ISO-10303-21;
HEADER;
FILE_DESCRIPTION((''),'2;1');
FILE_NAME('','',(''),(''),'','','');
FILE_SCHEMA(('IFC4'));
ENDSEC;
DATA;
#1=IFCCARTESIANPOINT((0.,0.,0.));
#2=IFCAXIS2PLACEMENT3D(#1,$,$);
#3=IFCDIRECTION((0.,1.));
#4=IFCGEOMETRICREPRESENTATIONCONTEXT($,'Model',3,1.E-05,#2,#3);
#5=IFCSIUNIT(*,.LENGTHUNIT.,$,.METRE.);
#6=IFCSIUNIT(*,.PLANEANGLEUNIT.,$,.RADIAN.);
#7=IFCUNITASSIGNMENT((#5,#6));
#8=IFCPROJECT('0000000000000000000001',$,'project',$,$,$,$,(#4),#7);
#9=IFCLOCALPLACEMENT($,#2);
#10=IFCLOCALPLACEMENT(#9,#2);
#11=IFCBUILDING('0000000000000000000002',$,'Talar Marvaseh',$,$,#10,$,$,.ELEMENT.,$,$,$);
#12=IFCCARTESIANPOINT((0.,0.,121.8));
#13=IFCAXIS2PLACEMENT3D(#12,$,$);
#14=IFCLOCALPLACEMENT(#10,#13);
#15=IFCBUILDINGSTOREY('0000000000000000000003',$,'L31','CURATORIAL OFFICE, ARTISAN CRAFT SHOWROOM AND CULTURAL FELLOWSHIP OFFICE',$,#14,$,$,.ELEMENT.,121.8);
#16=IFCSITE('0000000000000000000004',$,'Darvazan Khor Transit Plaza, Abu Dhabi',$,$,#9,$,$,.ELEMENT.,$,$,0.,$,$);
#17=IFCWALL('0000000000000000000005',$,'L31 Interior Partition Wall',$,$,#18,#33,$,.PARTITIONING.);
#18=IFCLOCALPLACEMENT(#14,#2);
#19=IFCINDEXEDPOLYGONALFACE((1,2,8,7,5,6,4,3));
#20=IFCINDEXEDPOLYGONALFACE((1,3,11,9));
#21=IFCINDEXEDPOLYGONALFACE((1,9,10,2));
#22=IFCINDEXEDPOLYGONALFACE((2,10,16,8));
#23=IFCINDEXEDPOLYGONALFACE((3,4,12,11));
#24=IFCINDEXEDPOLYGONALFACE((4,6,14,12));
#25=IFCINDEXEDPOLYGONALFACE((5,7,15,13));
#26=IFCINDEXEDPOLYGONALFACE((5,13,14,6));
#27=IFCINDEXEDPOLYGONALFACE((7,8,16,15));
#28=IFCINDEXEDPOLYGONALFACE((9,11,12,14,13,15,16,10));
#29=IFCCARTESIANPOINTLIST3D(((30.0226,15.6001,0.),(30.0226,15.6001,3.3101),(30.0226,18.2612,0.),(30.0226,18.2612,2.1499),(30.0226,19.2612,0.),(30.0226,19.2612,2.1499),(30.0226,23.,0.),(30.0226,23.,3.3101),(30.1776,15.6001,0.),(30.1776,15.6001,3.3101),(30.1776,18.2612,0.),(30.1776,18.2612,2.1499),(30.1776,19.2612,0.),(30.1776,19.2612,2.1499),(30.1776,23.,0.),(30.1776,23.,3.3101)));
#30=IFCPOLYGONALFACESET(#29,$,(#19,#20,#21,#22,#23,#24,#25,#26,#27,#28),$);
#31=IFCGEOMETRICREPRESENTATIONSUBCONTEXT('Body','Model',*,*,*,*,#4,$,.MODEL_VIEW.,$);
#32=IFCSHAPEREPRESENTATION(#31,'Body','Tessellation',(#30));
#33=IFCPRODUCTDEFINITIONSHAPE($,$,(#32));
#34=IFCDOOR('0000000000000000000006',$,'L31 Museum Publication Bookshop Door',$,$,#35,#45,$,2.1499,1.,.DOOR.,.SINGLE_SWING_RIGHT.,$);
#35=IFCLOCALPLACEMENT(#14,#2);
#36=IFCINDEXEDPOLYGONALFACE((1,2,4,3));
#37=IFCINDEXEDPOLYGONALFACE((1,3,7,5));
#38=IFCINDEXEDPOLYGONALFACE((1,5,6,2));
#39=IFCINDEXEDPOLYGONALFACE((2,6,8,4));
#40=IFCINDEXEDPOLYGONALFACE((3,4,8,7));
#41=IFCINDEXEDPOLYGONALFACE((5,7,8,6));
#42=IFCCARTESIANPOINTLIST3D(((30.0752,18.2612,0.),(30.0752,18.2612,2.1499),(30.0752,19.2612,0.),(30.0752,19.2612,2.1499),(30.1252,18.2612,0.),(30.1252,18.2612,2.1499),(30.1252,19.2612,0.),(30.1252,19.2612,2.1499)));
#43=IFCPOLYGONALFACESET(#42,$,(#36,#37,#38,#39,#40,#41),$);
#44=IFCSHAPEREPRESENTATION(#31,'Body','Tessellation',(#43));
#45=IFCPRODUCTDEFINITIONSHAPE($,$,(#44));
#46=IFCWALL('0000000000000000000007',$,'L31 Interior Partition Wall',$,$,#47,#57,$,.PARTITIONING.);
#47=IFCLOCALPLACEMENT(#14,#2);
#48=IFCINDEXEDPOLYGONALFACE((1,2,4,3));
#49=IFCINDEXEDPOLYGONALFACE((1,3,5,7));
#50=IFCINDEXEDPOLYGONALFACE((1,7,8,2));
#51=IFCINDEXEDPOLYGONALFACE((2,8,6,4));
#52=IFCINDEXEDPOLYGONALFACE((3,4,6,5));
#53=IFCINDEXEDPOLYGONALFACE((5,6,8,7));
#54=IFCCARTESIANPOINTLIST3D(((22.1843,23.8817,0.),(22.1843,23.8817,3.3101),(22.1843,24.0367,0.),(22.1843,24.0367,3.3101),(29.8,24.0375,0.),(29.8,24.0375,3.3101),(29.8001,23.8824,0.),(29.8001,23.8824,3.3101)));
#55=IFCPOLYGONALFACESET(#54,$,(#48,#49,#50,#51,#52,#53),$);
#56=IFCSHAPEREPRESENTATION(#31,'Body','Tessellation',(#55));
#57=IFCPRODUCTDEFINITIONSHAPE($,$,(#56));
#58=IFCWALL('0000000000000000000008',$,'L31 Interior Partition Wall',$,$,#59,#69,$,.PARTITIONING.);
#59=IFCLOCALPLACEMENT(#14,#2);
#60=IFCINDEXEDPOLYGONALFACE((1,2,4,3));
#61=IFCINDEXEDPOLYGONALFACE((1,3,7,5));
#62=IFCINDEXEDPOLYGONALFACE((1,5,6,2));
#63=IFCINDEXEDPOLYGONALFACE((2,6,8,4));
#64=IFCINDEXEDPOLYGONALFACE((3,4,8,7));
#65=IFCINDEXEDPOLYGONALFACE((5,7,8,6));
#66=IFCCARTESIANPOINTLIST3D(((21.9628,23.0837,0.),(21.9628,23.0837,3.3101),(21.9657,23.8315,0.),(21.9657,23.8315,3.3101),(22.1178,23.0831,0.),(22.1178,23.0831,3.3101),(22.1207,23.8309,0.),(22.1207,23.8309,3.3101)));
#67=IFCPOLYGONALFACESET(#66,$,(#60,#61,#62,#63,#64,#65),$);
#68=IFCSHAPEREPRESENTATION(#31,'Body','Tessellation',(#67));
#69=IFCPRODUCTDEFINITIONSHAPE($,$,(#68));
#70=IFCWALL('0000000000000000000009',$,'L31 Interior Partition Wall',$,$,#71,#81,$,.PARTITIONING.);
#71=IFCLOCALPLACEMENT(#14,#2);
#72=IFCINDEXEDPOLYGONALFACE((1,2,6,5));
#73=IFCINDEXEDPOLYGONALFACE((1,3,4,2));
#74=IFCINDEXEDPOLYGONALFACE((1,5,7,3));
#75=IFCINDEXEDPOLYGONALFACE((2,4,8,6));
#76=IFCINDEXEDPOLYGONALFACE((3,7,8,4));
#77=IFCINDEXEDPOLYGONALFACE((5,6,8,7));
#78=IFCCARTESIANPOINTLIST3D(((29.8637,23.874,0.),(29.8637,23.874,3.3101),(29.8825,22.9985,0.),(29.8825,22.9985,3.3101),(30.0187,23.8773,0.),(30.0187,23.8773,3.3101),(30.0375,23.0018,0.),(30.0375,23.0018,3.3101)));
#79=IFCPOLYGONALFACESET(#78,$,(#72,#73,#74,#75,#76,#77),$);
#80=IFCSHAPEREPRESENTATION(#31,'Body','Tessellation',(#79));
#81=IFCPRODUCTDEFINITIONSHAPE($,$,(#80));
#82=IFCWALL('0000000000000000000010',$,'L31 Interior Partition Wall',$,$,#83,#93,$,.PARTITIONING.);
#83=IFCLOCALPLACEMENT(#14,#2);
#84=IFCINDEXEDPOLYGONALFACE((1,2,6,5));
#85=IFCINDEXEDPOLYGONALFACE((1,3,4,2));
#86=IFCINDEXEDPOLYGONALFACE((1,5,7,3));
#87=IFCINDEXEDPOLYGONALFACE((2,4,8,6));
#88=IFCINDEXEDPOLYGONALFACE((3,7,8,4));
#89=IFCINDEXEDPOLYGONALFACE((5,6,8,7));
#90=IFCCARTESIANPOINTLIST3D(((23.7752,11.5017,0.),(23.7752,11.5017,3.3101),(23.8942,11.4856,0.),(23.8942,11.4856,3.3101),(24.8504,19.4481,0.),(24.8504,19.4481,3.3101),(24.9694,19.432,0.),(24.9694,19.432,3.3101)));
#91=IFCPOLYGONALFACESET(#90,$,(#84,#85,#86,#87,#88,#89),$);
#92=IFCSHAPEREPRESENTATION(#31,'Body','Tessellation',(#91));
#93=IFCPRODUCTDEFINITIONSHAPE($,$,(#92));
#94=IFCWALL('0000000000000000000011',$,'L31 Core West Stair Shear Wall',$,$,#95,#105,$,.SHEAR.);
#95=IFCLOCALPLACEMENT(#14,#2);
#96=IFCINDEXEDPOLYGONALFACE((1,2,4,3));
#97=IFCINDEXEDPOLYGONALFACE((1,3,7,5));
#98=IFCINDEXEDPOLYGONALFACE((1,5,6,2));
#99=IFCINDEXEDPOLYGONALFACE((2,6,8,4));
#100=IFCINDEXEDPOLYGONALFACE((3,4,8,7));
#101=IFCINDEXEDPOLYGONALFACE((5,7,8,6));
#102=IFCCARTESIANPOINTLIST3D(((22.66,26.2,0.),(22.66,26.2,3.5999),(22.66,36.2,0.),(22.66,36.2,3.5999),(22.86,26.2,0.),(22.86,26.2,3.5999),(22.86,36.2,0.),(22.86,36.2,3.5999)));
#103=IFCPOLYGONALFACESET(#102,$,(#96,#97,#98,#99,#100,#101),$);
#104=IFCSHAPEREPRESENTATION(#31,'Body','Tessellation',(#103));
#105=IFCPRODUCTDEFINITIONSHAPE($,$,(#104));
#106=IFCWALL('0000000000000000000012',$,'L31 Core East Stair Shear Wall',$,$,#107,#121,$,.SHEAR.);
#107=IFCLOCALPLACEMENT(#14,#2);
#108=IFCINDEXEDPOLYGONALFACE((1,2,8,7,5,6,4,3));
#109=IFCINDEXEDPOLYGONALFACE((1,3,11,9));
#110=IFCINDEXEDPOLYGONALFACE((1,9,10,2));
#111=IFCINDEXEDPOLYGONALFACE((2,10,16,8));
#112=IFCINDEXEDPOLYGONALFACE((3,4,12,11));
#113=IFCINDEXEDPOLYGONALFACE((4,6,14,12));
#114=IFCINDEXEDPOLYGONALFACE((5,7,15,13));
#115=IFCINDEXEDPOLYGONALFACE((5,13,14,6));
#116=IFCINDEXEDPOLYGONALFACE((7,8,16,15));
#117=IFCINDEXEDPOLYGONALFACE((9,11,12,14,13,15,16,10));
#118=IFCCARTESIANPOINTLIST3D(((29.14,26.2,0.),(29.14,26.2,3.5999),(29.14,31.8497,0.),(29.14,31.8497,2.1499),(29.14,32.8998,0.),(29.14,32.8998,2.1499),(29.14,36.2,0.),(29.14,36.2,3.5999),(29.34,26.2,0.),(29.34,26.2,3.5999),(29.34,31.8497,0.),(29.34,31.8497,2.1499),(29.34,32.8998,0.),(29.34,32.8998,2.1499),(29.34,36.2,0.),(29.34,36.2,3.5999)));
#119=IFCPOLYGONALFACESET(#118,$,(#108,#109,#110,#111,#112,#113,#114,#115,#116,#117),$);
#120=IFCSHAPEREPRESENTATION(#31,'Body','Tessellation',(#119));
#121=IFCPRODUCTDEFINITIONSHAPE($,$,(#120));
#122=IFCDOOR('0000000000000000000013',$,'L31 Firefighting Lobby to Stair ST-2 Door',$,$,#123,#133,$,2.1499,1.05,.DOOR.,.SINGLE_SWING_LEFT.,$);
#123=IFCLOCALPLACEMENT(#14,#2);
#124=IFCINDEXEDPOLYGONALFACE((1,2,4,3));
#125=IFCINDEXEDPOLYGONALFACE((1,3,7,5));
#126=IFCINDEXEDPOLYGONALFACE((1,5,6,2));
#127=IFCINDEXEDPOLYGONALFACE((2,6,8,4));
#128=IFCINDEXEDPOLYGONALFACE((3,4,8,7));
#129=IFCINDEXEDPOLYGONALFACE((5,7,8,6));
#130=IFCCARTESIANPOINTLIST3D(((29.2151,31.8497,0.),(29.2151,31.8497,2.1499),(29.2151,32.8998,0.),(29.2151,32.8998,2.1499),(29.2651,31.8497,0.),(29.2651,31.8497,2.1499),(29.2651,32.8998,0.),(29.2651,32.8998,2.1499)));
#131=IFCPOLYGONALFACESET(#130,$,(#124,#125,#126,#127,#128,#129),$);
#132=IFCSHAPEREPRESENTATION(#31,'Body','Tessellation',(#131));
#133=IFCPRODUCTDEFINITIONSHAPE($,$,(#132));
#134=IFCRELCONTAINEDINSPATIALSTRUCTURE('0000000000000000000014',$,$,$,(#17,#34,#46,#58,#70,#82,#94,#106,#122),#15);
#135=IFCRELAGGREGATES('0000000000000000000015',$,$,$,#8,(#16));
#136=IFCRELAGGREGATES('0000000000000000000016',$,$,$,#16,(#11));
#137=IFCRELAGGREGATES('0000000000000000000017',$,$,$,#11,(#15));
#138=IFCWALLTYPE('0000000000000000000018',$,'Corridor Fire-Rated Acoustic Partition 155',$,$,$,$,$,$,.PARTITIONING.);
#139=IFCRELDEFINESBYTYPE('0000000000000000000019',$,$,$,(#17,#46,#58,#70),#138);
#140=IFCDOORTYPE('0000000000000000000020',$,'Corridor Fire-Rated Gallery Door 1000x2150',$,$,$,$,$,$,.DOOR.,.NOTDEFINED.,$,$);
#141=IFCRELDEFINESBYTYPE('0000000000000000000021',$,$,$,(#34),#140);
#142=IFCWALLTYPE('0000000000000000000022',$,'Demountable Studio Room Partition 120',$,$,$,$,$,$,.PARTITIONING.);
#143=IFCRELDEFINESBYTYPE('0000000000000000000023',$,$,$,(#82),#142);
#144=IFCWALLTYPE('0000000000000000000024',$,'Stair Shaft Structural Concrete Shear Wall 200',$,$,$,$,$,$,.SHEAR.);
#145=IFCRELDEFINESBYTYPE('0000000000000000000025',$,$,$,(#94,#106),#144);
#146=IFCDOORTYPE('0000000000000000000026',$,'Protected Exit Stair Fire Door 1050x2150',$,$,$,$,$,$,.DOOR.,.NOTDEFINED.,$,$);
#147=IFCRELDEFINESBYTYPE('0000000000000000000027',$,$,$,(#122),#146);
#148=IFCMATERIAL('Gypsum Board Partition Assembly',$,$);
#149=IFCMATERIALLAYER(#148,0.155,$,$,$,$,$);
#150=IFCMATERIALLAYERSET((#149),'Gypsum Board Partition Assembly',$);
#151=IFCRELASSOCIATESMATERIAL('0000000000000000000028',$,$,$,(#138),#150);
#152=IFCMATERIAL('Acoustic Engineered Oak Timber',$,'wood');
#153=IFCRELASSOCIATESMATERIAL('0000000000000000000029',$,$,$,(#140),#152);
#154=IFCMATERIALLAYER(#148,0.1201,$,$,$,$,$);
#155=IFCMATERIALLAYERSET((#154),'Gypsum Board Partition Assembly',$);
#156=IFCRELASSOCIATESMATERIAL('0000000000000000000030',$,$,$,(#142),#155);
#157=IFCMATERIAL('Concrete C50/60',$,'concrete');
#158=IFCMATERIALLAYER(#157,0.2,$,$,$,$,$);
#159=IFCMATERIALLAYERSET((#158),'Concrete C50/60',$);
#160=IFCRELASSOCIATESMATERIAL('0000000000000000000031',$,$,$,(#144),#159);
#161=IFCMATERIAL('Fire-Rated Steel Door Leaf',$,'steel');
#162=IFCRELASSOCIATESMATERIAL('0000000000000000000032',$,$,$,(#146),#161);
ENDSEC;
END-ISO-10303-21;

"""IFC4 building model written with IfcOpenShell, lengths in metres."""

from ifc_helpers import new_model, si_unit, direction, frame, frame_2d, origin, place, context, subcontext, project, spatial, rectangle, extrude, source, transform, mapped, material, layer, layer_set, type_object, type_shapes, element, fill, save


model = new_model("IFC4")

# Units and contexts
model_context = context("Model", 3, precision=1e-05, world=origin(), true_north=direction((0.0, 1.0)))
body_context = subcontext(model_context, "Body", "Model", "MODEL_VIEW")
ifc_project = project(units=[si_unit("LENGTHUNIT", "METRE"), si_unit("PLANEANGLEUNIT", "RADIAN")], contexts=[model_context])

# Site, building, storey
site_placement = place(None, origin())
site = spatial("IfcSite", under=ifc_project, at=site_placement, Name="Darvazan Khor Transit Plaza, Abu Dhabi", CompositionType="ELEMENT", RefElevation=0.0)
building_placement = place(site_placement, origin())
building = spatial("IfcBuilding", under=site, at=building_placement, Name="Talar Marvaseh", CompositionType="ELEMENT")
storey_placement = place(building_placement, frame((0.0, 0.0, 121.8)))
storey = spatial("IfcBuildingStorey", under=building, at=storey_placement, Name="L31", Description="CURATORIAL OFFICE, ARTISAN CRAFT SHOWROOM AND CULTURAL FELLOWSHIP OFFICE", CompositionType="ELEMENT", Elevation=121.8)

# Shared definitions
ifc_material_1 = material(Name="Gypsum Board Partition Assembly")
ifc_layer_1 = layer(ifc_material_1, 0.155)
ifc_layer_set_1 = layer_set([ifc_layer_1], Name="Gypsum Board Partition Assembly")
wall_type_1 = type_object("IfcWallType", Name="Corridor Fire-Rated Acoustic Partition 155", PredefinedType="PARTITIONING", material=ifc_layer_set_1)
ifc_material_2 = material(Name="Fire-Rated Steel Door Leaf", Category="steel")

# Shared definitions
ifc_material_3 = material(Name="Acoustic Engineered Oak Timber", Category="wood")
door_type_1 = type_object("IfcDoorType", Name="Corridor Fire-Rated Gallery Door 1000x2150", OperationType="NOTDEFINED", PredefinedType="DOOR", material=ifc_material_3)
shared_shape_1 = source(origin(), body_context, "Body", "SweptSolid", [
    extrude(rectangle(XDim=1.0, YDim=2.1499, at=frame_2d((0.5, 1.075))), frame((0.0, 0.0249, 0.0), z_axis=(0.0, -1.0, 0.0), x_axis=(1.0, 0.0, 0.0)), (0.0, 0.0, 1.0), 0.05),
])
type_shapes(door_type_1, [shared_shape_1])

# Wall, opening, door
wall_1_placement = place(storey_placement, frame((30.1001, 15.6001, 0.0), z_axis=(0.0, 0.0, 1.0), x_axis=(0.0, 1.0, 0.0)))
wall_1 = element("IfcWall", 1, at=wall_1_placement, inside=storey, type_object=wall_type_1, Name="L31 Interior Partition Wall", PredefinedType="PARTITIONING", context=body_context, shape_type="SweptSolid", body=[
    extrude(rectangle(XDim=7.3999, YDim=0.155, at=frame_2d((3.7, 0.0))), origin(), (0.0, 0.0, 1.0), 3.3101),
])
opening_1_placement = place(wall_1_placement, frame((2.6611, 0.0, 0.0)))
opening_1 = element("IfcOpeningElement", 2, at=opening_1_placement, cuts=wall_1, PredefinedType="OPENING", context=body_context, shape_type="SweptSolid", body=[
    extrude(rectangle(XDim=1.0, YDim=2.1499, at=frame_2d((0.5, 1.075))), frame((0.0, 0.0874, 0.0), z_axis=(0.0, -1.0, 0.0), x_axis=(1.0, 0.0, 0.0)), (0.0, 0.0, 1.0), 0.175),
])
door_1_placement = place(opening_1_placement, origin())
door_1 = element("IfcDoor", 3, at=door_1_placement, inside=storey, type_object=door_type_1, Name="L31 Museum Publication Bookshop Door", OperationType="SINGLE_SWING_RIGHT", OverallHeight=2.1499, OverallWidth=1.0, PredefinedType="DOOR", context=body_context, shape_type="MappedRepresentation", body=[
    mapped(shared_shape_1, transform((0.0, 0.0, 0.0), x_axis=(1.0, 0.0, 0.0), y_axis=(0.0, 1.0, 0.0), z_axis=(0.0, 0.0, 1.0), scale=1.0)),
])
fill(opening_1, door_1)

# Walls
wall_2_placement = place(storey_placement, frame((29.8, 23.96, 0.0), z_axis=(0.0, 0.0, 1.0), x_axis=(-1.0, -0.000096, 0.0)))
element("IfcWall", 4, at=wall_2_placement, inside=storey, type_object=wall_type_1, Name="L31 Interior Partition Wall", PredefinedType="PARTITIONING", context=body_context, shape_type="SweptSolid", body=[
    extrude(rectangle(XDim=7.6157, YDim=0.155, at=frame_2d((3.8079, 0.0))), origin(), (0.0, 0.0, 1.0), 3.3101),
])
wall_3_placement = place(storey_placement, frame((22.0432, 23.8313, 0.0), z_axis=(0.0, 0.0, 1.0), x_axis=(-0.003918, -0.999992, 0.0)))
element("IfcWall", 5, at=wall_3_placement, inside=storey, type_object=wall_type_1, Name="L31 Interior Partition Wall", PredefinedType="PARTITIONING", context=body_context, shape_type="SweptSolid", body=[
    extrude(rectangle(XDim=0.7478, YDim=0.155, at=frame_2d((0.374, 0.0))), origin(), (0.0, 0.0, 1.0), 3.3101),
])
wall_4_placement = place(storey_placement, frame((29.96, 23.0, 0.0), z_axis=(0.0, 0.0, 1.0), x_axis=(-0.021467, 0.99977, 0.0)))
element("IfcWall", 6, at=wall_4_placement, inside=storey, type_object=wall_type_1, Name="L31 Interior Partition Wall", PredefinedType="PARTITIONING", context=body_context, shape_type="SweptSolid", body=[
    extrude(rectangle(XDim=0.8757, YDim=0.155, at=frame_2d((0.438, 0.0))), origin(), (0.0, 0.0, 1.0), 3.3101),
])
ifc_layer_2 = layer(ifc_material_1, 0.1201)
ifc_layer_set_2 = layer_set([ifc_layer_2], Name="Gypsum Board Partition Assembly")
wall_type_2 = type_object("IfcWallType", Name="Demountable Studio Room Partition 120", PredefinedType="PARTITIONING", material=ifc_layer_set_2)
wall_5_placement = place(storey_placement, frame((24.9099, 19.4399, 0.0), z_axis=(0.0, 0.0, 1.0), x_axis=(-0.134086, -0.99097, 0.0)))
element("IfcWall", 7, at=wall_5_placement, inside=storey, type_object=wall_type_2, Name="L31 Interior Partition Wall", PredefinedType="PARTITIONING", context=body_context, shape_type="SweptSolid", body=[
    extrude(rectangle(XDim=8.0188, YDim=0.1201, at=frame_2d((4.0093, 0.0))), origin(), (0.0, 0.0, 1.0), 3.3101),
])
ifc_material_4 = material(Name="Concrete C50/60", Category="concrete")
ifc_layer_3 = layer(ifc_material_4, 0.2)
ifc_layer_set_3 = layer_set([ifc_layer_3], Name="Concrete C50/60")
wall_type_3 = type_object("IfcWallType", Name="Stair Shaft Structural Concrete Shear Wall 200", PredefinedType="SHEAR", material=ifc_layer_set_3)
wall_6_placement = place(storey_placement, frame((22.76, 26.2, 0.0), z_axis=(0.0, 0.0, 1.0), x_axis=(0.0, 1.0, 0.0)))
element("IfcWall", 8, at=wall_6_placement, inside=storey, type_object=wall_type_3, Name="L31 Core West Stair Shear Wall", PredefinedType="SHEAR", context=body_context, shape_type="SweptSolid", body=[
    extrude(rectangle(XDim=10.0, YDim=0.2, at=frame_2d((5.0, 0.0))), origin(), (0.0, 0.0, 1.0), 3.5999),
])

# Wall, opening, door
wall_7_placement = place(storey_placement, frame((29.24, 26.2, 0.0), z_axis=(0.0, 0.0, 1.0), x_axis=(0.0, 1.0, 0.0)))
wall_7 = element("IfcWall", 9, at=wall_7_placement, inside=storey, type_object=wall_type_3, Name="L31 Core East Stair Shear Wall", PredefinedType="SHEAR", context=body_context, shape_type="SweptSolid", body=[
    extrude(rectangle(XDim=10.0, YDim=0.2, at=frame_2d((5.0, 0.0))), origin(), (0.0, 0.0, 1.0), 3.5999),
])
opening_2_placement = place(wall_7_placement, frame((5.6499, 0.0, 0.0)))
opening_2 = element("IfcOpeningElement", 10, at=opening_2_placement, cuts=wall_7, PredefinedType="OPENING", context=body_context, shape_type="SweptSolid", body=[
    extrude(rectangle(XDim=1.05, YDim=2.1499, at=frame_2d((0.5249, 1.075))), frame((0.0, 0.1099, 0.0), z_axis=(0.0, -1.0, 0.0), x_axis=(1.0, 0.0, 0.0)), (0.0, 0.0, 1.0), 0.22),
])
door_type_2 = type_object("IfcDoorType", Name="Protected Exit Stair Fire Door 1050x2150", OperationType="NOTDEFINED", PredefinedType="DOOR", material=ifc_material_2)
shared_shape_2 = source(origin(), body_context, "Body", "SweptSolid", [
    extrude(rectangle(XDim=1.05, YDim=2.1499, at=frame_2d((0.5249, 1.075))), frame((0.0, 0.0249, 0.0), z_axis=(0.0, -1.0, 0.0), x_axis=(1.0, 0.0, 0.0)), (0.0, 0.0, 1.0), 0.05),
])
type_shapes(door_type_2, [shared_shape_2])
door_2_placement = place(opening_2_placement, origin())
door_2 = element("IfcDoor", 11, at=door_2_placement, inside=storey, type_object=door_type_2, Name="L31 Firefighting Lobby to Stair ST-2 Door", OperationType="SINGLE_SWING_LEFT", OverallHeight=2.1499, OverallWidth=1.05, PredefinedType="DOOR", context=body_context, shape_type="MappedRepresentation", body=[
    mapped(shared_shape_2, transform((0.0, 0.0, 0.0), x_axis=(1.0, 0.0, 0.0), y_axis=(0.0, 1.0, 0.0), z_axis=(0.0, 0.0, 1.0), scale=1.0)),
])
fill(opening_2, door_2)

save(model, "model.ifc")
